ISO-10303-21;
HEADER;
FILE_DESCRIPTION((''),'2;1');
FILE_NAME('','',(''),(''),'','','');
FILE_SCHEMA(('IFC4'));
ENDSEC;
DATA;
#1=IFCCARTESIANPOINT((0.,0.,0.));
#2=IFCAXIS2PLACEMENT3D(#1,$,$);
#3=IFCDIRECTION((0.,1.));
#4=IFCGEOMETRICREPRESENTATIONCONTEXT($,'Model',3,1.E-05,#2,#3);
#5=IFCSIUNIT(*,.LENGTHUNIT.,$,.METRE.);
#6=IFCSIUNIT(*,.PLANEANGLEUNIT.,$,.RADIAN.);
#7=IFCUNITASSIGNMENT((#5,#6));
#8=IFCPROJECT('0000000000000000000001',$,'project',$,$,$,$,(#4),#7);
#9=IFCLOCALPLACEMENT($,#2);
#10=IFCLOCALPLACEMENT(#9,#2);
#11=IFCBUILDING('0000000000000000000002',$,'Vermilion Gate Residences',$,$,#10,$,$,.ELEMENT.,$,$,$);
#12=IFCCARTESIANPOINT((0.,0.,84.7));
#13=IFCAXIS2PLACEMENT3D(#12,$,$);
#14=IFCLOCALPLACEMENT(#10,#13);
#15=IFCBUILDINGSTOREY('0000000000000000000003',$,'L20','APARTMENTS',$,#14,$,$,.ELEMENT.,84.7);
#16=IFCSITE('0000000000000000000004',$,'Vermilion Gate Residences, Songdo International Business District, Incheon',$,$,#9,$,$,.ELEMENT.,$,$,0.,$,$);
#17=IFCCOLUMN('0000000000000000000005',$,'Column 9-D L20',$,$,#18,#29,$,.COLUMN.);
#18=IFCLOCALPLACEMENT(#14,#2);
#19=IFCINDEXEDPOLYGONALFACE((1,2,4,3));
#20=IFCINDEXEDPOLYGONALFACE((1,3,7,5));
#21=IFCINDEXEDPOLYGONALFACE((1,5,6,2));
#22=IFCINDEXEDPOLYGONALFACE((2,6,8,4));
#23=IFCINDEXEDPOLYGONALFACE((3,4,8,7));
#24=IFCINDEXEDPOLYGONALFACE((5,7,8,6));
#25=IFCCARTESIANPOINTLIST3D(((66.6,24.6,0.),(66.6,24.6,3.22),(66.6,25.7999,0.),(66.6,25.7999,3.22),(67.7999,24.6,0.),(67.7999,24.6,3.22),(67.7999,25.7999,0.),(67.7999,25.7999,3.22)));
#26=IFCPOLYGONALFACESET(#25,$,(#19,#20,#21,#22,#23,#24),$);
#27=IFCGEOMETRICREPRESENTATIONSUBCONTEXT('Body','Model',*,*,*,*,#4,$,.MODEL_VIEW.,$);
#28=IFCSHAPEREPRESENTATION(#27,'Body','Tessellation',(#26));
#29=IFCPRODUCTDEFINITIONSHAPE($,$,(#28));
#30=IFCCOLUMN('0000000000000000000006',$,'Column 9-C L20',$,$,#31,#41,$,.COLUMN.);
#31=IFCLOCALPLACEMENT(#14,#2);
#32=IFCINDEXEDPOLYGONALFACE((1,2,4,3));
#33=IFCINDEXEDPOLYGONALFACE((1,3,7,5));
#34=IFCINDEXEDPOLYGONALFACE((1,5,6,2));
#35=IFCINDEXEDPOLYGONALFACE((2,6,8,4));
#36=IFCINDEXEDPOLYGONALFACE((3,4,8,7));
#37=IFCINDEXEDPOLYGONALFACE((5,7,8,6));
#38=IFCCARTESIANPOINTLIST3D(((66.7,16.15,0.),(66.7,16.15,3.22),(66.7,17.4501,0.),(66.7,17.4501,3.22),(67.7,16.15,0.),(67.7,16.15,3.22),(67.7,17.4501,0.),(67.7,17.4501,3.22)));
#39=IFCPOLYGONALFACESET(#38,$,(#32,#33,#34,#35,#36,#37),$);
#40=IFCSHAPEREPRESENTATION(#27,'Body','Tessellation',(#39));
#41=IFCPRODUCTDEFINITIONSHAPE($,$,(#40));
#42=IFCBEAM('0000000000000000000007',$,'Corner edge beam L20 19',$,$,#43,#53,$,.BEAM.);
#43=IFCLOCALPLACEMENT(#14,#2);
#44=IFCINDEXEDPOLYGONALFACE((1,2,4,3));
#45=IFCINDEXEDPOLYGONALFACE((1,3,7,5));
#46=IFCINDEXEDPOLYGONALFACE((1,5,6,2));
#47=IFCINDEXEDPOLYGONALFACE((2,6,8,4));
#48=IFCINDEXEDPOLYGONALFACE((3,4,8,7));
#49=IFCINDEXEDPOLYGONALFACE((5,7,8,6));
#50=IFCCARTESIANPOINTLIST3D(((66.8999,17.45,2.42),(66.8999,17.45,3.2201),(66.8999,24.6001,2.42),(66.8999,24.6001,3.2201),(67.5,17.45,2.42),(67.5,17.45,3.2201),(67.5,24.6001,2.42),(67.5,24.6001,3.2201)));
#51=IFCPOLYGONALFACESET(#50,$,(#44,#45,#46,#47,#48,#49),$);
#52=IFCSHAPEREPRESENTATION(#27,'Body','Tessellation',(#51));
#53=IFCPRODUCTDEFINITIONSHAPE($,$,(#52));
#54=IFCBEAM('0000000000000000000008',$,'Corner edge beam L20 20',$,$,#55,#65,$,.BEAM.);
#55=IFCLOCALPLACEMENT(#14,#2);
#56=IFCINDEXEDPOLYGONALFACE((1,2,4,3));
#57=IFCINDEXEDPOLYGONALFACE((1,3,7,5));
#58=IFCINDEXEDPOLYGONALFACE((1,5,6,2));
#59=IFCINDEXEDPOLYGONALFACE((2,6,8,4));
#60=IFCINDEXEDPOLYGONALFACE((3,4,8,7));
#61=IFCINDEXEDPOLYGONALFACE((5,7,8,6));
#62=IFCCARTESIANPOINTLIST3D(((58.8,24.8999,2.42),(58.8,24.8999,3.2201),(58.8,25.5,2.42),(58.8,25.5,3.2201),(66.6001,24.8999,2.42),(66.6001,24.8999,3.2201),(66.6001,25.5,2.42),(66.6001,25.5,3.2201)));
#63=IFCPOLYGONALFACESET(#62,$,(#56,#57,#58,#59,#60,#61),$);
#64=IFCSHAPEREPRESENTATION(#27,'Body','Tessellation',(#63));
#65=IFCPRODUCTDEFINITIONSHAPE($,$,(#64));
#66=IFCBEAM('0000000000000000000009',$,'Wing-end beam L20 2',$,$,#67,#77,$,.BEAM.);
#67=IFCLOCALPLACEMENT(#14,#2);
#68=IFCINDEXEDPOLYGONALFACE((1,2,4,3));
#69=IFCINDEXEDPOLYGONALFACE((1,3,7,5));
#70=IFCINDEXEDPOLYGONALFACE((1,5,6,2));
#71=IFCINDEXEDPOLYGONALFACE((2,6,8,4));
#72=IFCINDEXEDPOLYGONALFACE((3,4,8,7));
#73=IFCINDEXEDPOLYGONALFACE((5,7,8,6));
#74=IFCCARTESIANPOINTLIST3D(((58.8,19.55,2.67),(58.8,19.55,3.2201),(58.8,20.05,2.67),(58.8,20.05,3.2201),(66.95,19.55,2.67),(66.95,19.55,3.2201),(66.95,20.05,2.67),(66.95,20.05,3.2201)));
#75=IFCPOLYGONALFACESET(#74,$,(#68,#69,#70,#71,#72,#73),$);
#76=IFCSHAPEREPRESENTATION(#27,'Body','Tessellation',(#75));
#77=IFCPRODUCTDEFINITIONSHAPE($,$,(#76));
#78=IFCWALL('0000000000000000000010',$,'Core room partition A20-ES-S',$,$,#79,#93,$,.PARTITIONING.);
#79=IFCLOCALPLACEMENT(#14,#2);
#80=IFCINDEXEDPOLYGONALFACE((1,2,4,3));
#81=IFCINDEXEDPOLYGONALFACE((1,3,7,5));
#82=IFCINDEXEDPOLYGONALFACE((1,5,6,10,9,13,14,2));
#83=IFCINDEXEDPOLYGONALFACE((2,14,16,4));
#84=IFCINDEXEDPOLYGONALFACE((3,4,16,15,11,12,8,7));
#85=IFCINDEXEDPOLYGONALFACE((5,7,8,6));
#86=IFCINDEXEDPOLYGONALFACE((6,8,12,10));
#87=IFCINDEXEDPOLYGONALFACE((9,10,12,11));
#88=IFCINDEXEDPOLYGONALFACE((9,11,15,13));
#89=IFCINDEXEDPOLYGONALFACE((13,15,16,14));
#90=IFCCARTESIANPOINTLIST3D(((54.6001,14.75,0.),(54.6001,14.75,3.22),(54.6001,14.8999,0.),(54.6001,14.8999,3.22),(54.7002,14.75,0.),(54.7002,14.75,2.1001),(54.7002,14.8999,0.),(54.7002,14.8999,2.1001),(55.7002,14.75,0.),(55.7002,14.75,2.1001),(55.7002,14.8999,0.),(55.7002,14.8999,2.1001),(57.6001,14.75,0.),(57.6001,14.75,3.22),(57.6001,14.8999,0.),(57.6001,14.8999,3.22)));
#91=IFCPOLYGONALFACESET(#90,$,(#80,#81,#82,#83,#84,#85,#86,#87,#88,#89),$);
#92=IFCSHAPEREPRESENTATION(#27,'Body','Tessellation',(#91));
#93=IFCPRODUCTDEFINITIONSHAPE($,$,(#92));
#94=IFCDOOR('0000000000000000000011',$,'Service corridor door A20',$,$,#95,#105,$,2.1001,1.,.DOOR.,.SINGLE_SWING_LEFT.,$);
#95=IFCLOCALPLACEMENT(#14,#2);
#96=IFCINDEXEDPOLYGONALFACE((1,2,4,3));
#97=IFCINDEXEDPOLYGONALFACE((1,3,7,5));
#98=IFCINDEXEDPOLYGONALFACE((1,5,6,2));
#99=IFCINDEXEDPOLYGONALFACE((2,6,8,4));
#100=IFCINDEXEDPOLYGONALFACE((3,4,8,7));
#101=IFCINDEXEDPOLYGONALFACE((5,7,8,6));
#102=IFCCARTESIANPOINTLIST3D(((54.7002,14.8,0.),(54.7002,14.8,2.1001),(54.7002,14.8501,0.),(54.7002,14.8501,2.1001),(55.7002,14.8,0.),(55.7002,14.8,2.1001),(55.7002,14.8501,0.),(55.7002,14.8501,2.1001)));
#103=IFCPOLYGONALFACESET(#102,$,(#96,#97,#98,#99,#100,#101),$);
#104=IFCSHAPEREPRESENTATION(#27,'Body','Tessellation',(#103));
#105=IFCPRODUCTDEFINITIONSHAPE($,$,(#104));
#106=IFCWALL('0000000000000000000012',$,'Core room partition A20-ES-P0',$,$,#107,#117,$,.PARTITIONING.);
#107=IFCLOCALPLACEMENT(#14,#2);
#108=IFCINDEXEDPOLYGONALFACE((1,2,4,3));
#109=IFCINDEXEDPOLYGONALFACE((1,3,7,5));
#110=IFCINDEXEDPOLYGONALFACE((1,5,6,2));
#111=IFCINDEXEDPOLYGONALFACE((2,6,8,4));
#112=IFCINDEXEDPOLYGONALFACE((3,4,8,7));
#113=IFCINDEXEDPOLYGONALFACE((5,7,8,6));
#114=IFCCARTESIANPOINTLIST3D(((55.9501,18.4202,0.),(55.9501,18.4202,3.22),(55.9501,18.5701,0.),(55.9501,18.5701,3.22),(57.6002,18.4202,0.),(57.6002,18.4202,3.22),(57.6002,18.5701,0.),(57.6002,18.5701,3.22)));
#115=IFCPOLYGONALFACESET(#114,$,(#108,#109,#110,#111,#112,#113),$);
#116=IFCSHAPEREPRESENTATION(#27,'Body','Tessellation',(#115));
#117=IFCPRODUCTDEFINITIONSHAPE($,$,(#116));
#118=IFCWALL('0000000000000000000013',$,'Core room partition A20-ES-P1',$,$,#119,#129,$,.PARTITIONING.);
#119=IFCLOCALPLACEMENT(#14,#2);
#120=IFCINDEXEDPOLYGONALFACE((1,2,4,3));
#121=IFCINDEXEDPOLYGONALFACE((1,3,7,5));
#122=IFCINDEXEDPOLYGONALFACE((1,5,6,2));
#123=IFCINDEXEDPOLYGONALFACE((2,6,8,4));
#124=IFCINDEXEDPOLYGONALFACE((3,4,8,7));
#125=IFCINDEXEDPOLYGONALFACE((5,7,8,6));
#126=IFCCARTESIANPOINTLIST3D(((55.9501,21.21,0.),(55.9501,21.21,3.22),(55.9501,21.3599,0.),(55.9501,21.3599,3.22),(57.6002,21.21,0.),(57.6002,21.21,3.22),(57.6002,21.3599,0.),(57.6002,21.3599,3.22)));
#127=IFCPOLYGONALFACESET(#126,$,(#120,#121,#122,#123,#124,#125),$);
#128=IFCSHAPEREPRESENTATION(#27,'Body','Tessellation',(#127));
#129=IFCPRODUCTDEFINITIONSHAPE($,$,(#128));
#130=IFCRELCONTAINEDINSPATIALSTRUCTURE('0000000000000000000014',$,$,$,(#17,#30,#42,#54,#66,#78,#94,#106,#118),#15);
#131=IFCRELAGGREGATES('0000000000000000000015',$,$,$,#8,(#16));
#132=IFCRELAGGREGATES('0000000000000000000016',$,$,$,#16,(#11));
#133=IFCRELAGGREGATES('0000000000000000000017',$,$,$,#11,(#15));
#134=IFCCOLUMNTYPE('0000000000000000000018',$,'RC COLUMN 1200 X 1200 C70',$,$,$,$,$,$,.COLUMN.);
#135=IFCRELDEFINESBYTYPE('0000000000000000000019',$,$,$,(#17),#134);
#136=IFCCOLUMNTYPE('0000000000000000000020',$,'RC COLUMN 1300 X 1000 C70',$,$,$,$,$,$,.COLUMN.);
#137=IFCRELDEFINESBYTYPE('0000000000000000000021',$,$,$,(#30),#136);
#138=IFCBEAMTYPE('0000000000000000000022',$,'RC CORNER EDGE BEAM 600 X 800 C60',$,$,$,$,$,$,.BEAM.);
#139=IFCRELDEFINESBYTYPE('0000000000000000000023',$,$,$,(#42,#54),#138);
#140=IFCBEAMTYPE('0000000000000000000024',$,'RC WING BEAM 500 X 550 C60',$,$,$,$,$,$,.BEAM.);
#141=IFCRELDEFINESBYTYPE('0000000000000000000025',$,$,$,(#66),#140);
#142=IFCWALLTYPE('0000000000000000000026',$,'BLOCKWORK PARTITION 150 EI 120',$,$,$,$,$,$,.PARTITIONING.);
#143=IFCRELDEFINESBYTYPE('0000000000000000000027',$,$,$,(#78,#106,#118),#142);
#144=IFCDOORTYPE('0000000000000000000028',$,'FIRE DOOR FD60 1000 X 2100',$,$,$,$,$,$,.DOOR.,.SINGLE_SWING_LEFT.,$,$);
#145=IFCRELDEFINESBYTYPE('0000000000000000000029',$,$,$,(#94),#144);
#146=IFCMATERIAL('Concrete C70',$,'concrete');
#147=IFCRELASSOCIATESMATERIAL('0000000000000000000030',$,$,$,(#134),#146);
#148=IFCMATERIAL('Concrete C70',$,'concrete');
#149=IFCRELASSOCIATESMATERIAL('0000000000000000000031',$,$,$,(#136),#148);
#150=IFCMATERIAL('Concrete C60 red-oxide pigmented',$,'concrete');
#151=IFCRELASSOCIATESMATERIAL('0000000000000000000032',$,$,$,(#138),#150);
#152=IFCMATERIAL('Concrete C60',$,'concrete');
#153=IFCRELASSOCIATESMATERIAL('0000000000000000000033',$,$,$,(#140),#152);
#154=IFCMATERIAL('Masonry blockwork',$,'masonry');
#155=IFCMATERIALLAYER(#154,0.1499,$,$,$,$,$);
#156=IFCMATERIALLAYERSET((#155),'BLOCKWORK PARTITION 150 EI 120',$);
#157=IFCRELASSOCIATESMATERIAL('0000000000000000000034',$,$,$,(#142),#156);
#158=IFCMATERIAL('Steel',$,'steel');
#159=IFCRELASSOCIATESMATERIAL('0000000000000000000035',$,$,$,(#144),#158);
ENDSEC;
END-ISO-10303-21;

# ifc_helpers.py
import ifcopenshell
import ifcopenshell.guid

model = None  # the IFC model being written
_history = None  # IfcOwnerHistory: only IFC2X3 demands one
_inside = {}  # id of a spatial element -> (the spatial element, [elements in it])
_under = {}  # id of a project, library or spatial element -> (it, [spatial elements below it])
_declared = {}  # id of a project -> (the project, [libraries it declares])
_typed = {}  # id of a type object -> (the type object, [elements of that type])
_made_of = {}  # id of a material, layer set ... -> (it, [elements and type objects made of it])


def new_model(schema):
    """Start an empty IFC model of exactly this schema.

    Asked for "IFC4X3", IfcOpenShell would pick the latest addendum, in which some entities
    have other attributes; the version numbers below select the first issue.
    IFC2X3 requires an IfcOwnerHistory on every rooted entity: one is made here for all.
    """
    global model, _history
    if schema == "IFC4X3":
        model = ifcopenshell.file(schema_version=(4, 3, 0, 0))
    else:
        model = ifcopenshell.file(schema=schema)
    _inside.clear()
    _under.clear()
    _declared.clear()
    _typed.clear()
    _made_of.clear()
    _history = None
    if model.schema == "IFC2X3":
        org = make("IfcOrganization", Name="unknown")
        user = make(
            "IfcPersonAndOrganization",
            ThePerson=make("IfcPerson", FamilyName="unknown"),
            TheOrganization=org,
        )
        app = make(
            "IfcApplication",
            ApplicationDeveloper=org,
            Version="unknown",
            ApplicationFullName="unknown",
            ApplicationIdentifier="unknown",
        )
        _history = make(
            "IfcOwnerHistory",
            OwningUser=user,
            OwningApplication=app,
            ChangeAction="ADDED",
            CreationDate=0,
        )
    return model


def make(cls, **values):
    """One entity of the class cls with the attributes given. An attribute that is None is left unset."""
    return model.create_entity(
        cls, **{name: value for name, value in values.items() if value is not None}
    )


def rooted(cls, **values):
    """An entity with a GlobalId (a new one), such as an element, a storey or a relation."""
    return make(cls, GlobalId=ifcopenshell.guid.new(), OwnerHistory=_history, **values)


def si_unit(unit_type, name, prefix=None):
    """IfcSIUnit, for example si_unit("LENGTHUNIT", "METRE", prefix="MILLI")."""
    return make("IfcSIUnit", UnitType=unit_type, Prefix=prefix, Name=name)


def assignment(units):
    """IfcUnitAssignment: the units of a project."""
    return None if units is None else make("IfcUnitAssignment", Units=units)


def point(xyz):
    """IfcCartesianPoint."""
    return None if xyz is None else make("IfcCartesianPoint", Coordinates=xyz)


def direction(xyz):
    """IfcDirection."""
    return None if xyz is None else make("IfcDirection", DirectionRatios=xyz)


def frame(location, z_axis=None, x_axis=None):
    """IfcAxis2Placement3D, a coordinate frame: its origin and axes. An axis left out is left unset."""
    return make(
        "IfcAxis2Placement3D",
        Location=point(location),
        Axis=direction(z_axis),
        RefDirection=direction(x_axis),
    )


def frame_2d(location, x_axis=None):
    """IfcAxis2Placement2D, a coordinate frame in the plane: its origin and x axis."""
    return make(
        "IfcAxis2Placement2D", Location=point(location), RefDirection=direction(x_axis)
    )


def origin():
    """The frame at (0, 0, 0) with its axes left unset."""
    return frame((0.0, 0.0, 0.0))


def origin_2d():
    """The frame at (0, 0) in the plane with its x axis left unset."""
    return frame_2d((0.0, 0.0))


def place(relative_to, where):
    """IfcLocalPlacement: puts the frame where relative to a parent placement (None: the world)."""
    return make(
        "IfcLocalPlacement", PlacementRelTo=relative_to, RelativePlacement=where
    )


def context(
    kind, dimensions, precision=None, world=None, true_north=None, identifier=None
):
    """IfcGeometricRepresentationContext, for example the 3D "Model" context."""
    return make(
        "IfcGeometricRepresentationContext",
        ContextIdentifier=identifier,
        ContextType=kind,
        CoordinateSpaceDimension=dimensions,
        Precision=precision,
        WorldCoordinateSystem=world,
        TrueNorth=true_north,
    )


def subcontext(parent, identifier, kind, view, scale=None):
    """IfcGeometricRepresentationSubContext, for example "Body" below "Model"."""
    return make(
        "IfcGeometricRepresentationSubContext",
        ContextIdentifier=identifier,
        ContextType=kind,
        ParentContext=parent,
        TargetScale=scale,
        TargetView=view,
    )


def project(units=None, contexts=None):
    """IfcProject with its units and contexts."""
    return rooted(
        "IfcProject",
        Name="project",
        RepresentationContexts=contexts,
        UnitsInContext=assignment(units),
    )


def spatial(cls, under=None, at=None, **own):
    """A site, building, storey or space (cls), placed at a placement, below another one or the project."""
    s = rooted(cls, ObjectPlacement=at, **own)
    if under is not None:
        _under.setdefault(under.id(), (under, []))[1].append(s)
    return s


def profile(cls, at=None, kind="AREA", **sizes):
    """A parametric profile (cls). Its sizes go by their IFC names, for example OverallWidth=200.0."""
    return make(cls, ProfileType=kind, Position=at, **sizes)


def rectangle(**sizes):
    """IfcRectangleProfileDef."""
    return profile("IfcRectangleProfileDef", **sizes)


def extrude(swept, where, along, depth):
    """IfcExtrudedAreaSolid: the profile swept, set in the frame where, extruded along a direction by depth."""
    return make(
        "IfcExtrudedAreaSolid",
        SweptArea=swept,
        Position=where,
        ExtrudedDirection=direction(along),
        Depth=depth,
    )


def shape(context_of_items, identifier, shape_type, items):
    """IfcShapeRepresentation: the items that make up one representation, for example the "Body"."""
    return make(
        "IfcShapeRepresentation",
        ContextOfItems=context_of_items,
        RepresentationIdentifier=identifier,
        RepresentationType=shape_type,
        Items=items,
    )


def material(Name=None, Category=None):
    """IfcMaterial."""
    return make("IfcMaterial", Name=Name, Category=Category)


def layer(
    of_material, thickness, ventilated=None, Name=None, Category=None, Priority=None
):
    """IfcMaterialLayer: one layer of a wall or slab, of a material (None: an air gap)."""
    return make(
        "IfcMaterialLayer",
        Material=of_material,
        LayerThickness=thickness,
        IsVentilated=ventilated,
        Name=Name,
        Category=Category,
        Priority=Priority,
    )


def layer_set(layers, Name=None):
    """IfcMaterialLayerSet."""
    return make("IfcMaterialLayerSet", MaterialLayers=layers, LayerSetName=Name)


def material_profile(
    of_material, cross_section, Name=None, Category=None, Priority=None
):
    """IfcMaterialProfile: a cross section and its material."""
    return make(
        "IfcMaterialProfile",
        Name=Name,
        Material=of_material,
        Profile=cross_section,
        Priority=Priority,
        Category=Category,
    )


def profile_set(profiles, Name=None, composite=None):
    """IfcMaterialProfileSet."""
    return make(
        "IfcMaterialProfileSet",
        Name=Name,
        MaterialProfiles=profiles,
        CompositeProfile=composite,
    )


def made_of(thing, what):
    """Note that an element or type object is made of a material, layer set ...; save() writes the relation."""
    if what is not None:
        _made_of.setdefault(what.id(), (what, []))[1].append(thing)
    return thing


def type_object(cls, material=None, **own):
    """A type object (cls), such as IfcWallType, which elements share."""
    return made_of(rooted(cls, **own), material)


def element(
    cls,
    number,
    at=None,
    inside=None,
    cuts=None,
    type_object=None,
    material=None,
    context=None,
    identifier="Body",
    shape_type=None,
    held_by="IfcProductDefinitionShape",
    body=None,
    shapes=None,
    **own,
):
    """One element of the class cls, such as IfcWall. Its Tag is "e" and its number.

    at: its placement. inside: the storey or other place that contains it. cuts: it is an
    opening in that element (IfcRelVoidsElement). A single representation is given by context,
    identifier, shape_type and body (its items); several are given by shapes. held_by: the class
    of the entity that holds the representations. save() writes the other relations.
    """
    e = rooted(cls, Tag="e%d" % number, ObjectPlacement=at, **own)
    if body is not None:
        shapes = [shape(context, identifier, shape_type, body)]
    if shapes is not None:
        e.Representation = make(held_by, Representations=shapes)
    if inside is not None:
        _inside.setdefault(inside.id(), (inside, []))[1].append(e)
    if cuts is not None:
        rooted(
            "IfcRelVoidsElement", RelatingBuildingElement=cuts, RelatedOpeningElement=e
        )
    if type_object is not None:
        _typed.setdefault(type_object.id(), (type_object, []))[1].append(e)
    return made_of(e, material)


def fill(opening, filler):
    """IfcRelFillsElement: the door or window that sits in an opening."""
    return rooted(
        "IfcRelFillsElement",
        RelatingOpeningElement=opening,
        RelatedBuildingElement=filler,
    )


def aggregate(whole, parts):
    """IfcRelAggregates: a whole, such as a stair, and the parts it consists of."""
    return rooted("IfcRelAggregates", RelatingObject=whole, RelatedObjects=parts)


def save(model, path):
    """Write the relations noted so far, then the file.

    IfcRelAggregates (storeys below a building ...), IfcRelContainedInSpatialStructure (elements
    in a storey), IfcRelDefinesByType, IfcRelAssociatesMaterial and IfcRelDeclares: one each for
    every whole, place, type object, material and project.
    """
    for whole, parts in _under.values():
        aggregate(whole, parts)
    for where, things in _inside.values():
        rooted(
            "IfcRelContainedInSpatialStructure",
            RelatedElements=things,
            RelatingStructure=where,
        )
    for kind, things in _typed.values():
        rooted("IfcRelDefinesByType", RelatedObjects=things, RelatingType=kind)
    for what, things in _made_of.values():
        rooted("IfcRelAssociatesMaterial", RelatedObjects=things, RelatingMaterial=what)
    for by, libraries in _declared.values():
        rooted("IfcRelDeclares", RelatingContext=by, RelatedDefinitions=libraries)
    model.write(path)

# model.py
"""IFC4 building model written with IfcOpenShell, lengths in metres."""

from ifc_helpers import new_model, si_unit, direction, frame, frame_2d, origin, origin_2d, place, context, subcontext, project, spatial, rectangle, extrude, material, layer, layer_set, material_profile, profile_set, type_object, element, fill, save


model = new_model("IFC4")

# Units and contexts
model_context = context("Model", 3, precision=1e-05, world=origin(), true_north=direction((0.0, 1.0)))
body_context = subcontext(model_context, "Body", "Model", "MODEL_VIEW")
ifc_project = project(units=[si_unit("LENGTHUNIT", "METRE"), si_unit("PLANEANGLEUNIT", "RADIAN")], contexts=[model_context])

# Site, building, storey
site_placement = place(None, origin())
site = spatial("IfcSite", under=ifc_project, at=site_placement, Name="Vermilion Gate Residences, Songdo International Business District, Incheon", CompositionType="ELEMENT", RefElevation=0.0)
building_placement = place(site_placement, origin())
building = spatial("IfcBuilding", under=site, at=building_placement, Name="Vermilion Gate Residences", CompositionType="ELEMENT")
storey_placement = place(building_placement, frame((0.0, 0.0, 84.7)))
storey = spatial("IfcBuildingStorey", under=building, at=storey_placement, Name="L20", Description="APARTMENTS", CompositionType="ELEMENT", Elevation=84.7)

# Columns
ifc_material_1 = material(Name="Concrete C70", Category="concrete")
ifc_material_profile_1 = material_profile(ifc_material_1, rectangle(XDim=1.2, YDim=1.2, at=origin_2d()), Name="RC-1200x1200")
ifc_profile_set_1 = profile_set([ifc_material_profile_1], Name="Concrete C70")
column_type_1 = type_object("IfcColumnType", Name="RC COLUMN 1200 X 1200 C70", PredefinedType="COLUMN", material=ifc_profile_set_1)
column_1_placement = place(storey_placement, frame((67.2, 25.2, 0.0), z_axis=(0.0, 0.0, 1.0), x_axis=(1.0, 0.0, 0.0)))
element("IfcColumn", 1, at=column_1_placement, inside=storey, type_object=column_type_1, Name="Column 9-D L20", PredefinedType="COLUMN", context=body_context, shape_type="SweptSolid", body=[
    extrude(rectangle(XDim=1.2, YDim=1.2, at=origin_2d()), origin(), (0.0, 0.0, 1.0), 3.22),
])
ifc_material_2 = material(Name="Concrete C70", Category="concrete")
ifc_material_profile_2 = material_profile(ifc_material_2, rectangle(XDim=1.3, YDim=1.0, at=origin_2d()), Name="RC-1300x1000")
ifc_profile_set_2 = profile_set([ifc_material_profile_2], Name="Concrete C70")
column_type_2 = type_object("IfcColumnType", Name="RC COLUMN 1300 X 1000 C70", PredefinedType="COLUMN", material=ifc_profile_set_2)
column_2_placement = place(storey_placement, frame((67.2, 16.8, 0.0), z_axis=(0.0, 0.0, 1.0), x_axis=(0.0, 1.0, 0.0)))
element("IfcColumn", 2, at=column_2_placement, inside=storey, type_object=column_type_2, Name="Column 9-C L20", PredefinedType="COLUMN", context=body_context, shape_type="SweptSolid", body=[
    extrude(rectangle(XDim=1.3, YDim=1.0, at=origin_2d()), origin(), (0.0, 0.0, 1.0), 3.22),
])

# Beams
ifc_material_3 = material(Name="Concrete C60 red-oxide pigmented", Category="concrete")
ifc_material_profile_3 = material_profile(ifc_material_3, rectangle(XDim=0.6001, YDim=0.8, at=origin_2d()), Name="RC-600x800")
ifc_profile_set_3 = profile_set([ifc_material_profile_3], Name="Concrete C60 red-oxide pigmented")
beam_type_1 = type_object("IfcBeamType", Name="RC CORNER EDGE BEAM 600 X 800 C60", PredefinedType="BEAM", material=ifc_profile_set_3)
beam_1_placement = place(storey_placement, frame((67.2, 17.45, 2.8201), z_axis=(0.0, 1.0, 0.0), x_axis=(-1.0, 0.0, 0.0)))
element("IfcBeam", 3, at=beam_1_placement, inside=storey, type_object=beam_type_1, Name="Corner edge beam L20 19", PredefinedType="BEAM", context=body_context, shape_type="SweptSolid", body=[
    extrude(rectangle(XDim=0.6001, YDim=0.8, at=origin_2d()), origin(), (0.0, 0.0, 1.0), 7.1501),
])
beam_2_placement = place(storey_placement, frame((58.8, 25.2, 2.8201), z_axis=(1.0, 0.0, 0.0), x_axis=(0.0, 1.0, 0.0)))
element("IfcBeam", 4, at=beam_2_placement, inside=storey, type_object=beam_type_1, Name="Corner edge beam L20 20", PredefinedType="BEAM", context=body_context, shape_type="SweptSolid", body=[
    extrude(rectangle(XDim=0.6001, YDim=0.8, at=origin_2d()), origin(), (0.0, 0.0, 1.0), 7.8),
])
ifc_material_4 = material(Name="Concrete C60", Category="concrete")
ifc_material_profile_4 = material_profile(ifc_material_4, rectangle(XDim=0.5, YDim=0.55, at=origin_2d()), Name="RC-500x550")
ifc_profile_set_4 = profile_set([ifc_material_profile_4], Name="Concrete C60")
beam_type_2 = type_object("IfcBeamType", Name="RC WING BEAM 500 X 550 C60", PredefinedType="BEAM", material=ifc_profile_set_4)
beam_3_placement = place(storey_placement, frame((58.8, 19.8, 2.9451), z_axis=(1.0, 0.0, 0.0), x_axis=(0.0, 1.0, 0.0)))
element("IfcBeam", 5, at=beam_3_placement, inside=storey, type_object=beam_type_2, Name="Wing-end beam L20 2", PredefinedType="BEAM", context=body_context, shape_type="SweptSolid", body=[
    extrude(rectangle(XDim=0.5, YDim=0.55, at=origin_2d()), origin(), (0.0, 0.0, 1.0), 8.1499),
])

# Wall, opening, door
ifc_material_5 = material(Name="Masonry blockwork", Category="masonry")
ifc_layer_1 = layer(ifc_material_5, 0.1499)
ifc_layer_set_1 = layer_set([ifc_layer_1], Name="BLOCKWORK PARTITION 150 EI 120")
wall_type_1 = type_object("IfcWallType", Name="BLOCKWORK PARTITION 150 EI 120", PredefinedType="PARTITIONING", material=ifc_layer_set_1)
wall_1_placement = place(storey_placement, frame((54.6001, 14.825, 0.0), z_axis=(0.0, 0.0, 1.0), x_axis=(1.0, 0.0, 0.0)))
wall_1 = element("IfcWall", 6, at=wall_1_placement, inside=storey, type_object=wall_type_1, Name="Core room partition A20-ES-S", PredefinedType="PARTITIONING", context=body_context, shape_type="SweptSolid", body=[
    extrude(rectangle(XDim=3.0, YDim=0.1499, at=frame_2d((1.5, 0.0))), origin(), (0.0, 0.0, 1.0), 3.22),
])
opening_1_placement = place(wall_1_placement, frame((0.1001, 0.0, 0.0)))
opening_1 = element("IfcOpeningElement", 7, at=opening_1_placement, cuts=wall_1, PredefinedType="OPENING", context=body_context, shape_type="SweptSolid", body=[
    extrude(rectangle(XDim=1.0, YDim=2.1001, at=frame_2d((0.5, 1.05))), frame((0.0, 0.085, 0.0), z_axis=(0.0, -1.0, 0.0), x_axis=(1.0, 0.0, 0.0)), (0.0, 0.0, 1.0), 0.1699),
])
ifc_material_6 = material(Name="Steel", Category="steel")
door_type_1 = type_object("IfcDoorType", Name="FIRE DOOR FD60 1000 X 2100", OperationType="SINGLE_SWING_LEFT", PredefinedType="DOOR", material=ifc_material_6)
door_1_placement = place(opening_1_placement, frame((1.0, 0.0, 0.0), z_axis=(0.0, 0.0, 1.0), x_axis=(-1.0, 0.0, 0.0)))
door_1 = element("IfcDoor", 8, at=door_1_placement, inside=storey, type_object=door_type_1, Name="Service corridor door A20", OperationType="SINGLE_SWING_LEFT", OverallHeight=2.1001, OverallWidth=1.0, PredefinedType="DOOR", context=body_context, shape_type="SweptSolid", body=[
    extrude(rectangle(XDim=1.0, YDim=2.1001, at=frame_2d((0.5, 1.05))), frame((0.0, 0.0249, 0.0), z_axis=(0.0, -1.0, 0.0), x_axis=(1.0, 0.0, 0.0)), (0.0, 0.0, 1.0), 0.05),
])
fill(opening_1, door_1)

# Walls
for number, where, z_axis, x_axis, name in (
    (9, (55.95, 18.4951, 0.0), (0.0, 0.0, 1.0), (1.0, 0.0, 0.0), "Core room partition A20-ES-P0"),
    (10, (55.95, 21.2849, 0.0), (0.0, 0.0, 1.0), (1.0, 0.0, 0.0), "Core room partition A20-ES-P1"),
):
    element("IfcWall", number, at=place(storey_placement, frame(where, z_axis=z_axis, x_axis=x_axis)), inside=storey, type_object=wall_type_1, Name=name, PredefinedType="PARTITIONING", context=body_context, shape_type="SweptSolid", body=[
        extrude(rectangle(XDim=1.6501, YDim=0.1499, at=frame_2d((0.8252, 0.0))), origin(), (0.0, 0.0, 1.0), 3.22),
    ])

save(model, "model.ifc")
